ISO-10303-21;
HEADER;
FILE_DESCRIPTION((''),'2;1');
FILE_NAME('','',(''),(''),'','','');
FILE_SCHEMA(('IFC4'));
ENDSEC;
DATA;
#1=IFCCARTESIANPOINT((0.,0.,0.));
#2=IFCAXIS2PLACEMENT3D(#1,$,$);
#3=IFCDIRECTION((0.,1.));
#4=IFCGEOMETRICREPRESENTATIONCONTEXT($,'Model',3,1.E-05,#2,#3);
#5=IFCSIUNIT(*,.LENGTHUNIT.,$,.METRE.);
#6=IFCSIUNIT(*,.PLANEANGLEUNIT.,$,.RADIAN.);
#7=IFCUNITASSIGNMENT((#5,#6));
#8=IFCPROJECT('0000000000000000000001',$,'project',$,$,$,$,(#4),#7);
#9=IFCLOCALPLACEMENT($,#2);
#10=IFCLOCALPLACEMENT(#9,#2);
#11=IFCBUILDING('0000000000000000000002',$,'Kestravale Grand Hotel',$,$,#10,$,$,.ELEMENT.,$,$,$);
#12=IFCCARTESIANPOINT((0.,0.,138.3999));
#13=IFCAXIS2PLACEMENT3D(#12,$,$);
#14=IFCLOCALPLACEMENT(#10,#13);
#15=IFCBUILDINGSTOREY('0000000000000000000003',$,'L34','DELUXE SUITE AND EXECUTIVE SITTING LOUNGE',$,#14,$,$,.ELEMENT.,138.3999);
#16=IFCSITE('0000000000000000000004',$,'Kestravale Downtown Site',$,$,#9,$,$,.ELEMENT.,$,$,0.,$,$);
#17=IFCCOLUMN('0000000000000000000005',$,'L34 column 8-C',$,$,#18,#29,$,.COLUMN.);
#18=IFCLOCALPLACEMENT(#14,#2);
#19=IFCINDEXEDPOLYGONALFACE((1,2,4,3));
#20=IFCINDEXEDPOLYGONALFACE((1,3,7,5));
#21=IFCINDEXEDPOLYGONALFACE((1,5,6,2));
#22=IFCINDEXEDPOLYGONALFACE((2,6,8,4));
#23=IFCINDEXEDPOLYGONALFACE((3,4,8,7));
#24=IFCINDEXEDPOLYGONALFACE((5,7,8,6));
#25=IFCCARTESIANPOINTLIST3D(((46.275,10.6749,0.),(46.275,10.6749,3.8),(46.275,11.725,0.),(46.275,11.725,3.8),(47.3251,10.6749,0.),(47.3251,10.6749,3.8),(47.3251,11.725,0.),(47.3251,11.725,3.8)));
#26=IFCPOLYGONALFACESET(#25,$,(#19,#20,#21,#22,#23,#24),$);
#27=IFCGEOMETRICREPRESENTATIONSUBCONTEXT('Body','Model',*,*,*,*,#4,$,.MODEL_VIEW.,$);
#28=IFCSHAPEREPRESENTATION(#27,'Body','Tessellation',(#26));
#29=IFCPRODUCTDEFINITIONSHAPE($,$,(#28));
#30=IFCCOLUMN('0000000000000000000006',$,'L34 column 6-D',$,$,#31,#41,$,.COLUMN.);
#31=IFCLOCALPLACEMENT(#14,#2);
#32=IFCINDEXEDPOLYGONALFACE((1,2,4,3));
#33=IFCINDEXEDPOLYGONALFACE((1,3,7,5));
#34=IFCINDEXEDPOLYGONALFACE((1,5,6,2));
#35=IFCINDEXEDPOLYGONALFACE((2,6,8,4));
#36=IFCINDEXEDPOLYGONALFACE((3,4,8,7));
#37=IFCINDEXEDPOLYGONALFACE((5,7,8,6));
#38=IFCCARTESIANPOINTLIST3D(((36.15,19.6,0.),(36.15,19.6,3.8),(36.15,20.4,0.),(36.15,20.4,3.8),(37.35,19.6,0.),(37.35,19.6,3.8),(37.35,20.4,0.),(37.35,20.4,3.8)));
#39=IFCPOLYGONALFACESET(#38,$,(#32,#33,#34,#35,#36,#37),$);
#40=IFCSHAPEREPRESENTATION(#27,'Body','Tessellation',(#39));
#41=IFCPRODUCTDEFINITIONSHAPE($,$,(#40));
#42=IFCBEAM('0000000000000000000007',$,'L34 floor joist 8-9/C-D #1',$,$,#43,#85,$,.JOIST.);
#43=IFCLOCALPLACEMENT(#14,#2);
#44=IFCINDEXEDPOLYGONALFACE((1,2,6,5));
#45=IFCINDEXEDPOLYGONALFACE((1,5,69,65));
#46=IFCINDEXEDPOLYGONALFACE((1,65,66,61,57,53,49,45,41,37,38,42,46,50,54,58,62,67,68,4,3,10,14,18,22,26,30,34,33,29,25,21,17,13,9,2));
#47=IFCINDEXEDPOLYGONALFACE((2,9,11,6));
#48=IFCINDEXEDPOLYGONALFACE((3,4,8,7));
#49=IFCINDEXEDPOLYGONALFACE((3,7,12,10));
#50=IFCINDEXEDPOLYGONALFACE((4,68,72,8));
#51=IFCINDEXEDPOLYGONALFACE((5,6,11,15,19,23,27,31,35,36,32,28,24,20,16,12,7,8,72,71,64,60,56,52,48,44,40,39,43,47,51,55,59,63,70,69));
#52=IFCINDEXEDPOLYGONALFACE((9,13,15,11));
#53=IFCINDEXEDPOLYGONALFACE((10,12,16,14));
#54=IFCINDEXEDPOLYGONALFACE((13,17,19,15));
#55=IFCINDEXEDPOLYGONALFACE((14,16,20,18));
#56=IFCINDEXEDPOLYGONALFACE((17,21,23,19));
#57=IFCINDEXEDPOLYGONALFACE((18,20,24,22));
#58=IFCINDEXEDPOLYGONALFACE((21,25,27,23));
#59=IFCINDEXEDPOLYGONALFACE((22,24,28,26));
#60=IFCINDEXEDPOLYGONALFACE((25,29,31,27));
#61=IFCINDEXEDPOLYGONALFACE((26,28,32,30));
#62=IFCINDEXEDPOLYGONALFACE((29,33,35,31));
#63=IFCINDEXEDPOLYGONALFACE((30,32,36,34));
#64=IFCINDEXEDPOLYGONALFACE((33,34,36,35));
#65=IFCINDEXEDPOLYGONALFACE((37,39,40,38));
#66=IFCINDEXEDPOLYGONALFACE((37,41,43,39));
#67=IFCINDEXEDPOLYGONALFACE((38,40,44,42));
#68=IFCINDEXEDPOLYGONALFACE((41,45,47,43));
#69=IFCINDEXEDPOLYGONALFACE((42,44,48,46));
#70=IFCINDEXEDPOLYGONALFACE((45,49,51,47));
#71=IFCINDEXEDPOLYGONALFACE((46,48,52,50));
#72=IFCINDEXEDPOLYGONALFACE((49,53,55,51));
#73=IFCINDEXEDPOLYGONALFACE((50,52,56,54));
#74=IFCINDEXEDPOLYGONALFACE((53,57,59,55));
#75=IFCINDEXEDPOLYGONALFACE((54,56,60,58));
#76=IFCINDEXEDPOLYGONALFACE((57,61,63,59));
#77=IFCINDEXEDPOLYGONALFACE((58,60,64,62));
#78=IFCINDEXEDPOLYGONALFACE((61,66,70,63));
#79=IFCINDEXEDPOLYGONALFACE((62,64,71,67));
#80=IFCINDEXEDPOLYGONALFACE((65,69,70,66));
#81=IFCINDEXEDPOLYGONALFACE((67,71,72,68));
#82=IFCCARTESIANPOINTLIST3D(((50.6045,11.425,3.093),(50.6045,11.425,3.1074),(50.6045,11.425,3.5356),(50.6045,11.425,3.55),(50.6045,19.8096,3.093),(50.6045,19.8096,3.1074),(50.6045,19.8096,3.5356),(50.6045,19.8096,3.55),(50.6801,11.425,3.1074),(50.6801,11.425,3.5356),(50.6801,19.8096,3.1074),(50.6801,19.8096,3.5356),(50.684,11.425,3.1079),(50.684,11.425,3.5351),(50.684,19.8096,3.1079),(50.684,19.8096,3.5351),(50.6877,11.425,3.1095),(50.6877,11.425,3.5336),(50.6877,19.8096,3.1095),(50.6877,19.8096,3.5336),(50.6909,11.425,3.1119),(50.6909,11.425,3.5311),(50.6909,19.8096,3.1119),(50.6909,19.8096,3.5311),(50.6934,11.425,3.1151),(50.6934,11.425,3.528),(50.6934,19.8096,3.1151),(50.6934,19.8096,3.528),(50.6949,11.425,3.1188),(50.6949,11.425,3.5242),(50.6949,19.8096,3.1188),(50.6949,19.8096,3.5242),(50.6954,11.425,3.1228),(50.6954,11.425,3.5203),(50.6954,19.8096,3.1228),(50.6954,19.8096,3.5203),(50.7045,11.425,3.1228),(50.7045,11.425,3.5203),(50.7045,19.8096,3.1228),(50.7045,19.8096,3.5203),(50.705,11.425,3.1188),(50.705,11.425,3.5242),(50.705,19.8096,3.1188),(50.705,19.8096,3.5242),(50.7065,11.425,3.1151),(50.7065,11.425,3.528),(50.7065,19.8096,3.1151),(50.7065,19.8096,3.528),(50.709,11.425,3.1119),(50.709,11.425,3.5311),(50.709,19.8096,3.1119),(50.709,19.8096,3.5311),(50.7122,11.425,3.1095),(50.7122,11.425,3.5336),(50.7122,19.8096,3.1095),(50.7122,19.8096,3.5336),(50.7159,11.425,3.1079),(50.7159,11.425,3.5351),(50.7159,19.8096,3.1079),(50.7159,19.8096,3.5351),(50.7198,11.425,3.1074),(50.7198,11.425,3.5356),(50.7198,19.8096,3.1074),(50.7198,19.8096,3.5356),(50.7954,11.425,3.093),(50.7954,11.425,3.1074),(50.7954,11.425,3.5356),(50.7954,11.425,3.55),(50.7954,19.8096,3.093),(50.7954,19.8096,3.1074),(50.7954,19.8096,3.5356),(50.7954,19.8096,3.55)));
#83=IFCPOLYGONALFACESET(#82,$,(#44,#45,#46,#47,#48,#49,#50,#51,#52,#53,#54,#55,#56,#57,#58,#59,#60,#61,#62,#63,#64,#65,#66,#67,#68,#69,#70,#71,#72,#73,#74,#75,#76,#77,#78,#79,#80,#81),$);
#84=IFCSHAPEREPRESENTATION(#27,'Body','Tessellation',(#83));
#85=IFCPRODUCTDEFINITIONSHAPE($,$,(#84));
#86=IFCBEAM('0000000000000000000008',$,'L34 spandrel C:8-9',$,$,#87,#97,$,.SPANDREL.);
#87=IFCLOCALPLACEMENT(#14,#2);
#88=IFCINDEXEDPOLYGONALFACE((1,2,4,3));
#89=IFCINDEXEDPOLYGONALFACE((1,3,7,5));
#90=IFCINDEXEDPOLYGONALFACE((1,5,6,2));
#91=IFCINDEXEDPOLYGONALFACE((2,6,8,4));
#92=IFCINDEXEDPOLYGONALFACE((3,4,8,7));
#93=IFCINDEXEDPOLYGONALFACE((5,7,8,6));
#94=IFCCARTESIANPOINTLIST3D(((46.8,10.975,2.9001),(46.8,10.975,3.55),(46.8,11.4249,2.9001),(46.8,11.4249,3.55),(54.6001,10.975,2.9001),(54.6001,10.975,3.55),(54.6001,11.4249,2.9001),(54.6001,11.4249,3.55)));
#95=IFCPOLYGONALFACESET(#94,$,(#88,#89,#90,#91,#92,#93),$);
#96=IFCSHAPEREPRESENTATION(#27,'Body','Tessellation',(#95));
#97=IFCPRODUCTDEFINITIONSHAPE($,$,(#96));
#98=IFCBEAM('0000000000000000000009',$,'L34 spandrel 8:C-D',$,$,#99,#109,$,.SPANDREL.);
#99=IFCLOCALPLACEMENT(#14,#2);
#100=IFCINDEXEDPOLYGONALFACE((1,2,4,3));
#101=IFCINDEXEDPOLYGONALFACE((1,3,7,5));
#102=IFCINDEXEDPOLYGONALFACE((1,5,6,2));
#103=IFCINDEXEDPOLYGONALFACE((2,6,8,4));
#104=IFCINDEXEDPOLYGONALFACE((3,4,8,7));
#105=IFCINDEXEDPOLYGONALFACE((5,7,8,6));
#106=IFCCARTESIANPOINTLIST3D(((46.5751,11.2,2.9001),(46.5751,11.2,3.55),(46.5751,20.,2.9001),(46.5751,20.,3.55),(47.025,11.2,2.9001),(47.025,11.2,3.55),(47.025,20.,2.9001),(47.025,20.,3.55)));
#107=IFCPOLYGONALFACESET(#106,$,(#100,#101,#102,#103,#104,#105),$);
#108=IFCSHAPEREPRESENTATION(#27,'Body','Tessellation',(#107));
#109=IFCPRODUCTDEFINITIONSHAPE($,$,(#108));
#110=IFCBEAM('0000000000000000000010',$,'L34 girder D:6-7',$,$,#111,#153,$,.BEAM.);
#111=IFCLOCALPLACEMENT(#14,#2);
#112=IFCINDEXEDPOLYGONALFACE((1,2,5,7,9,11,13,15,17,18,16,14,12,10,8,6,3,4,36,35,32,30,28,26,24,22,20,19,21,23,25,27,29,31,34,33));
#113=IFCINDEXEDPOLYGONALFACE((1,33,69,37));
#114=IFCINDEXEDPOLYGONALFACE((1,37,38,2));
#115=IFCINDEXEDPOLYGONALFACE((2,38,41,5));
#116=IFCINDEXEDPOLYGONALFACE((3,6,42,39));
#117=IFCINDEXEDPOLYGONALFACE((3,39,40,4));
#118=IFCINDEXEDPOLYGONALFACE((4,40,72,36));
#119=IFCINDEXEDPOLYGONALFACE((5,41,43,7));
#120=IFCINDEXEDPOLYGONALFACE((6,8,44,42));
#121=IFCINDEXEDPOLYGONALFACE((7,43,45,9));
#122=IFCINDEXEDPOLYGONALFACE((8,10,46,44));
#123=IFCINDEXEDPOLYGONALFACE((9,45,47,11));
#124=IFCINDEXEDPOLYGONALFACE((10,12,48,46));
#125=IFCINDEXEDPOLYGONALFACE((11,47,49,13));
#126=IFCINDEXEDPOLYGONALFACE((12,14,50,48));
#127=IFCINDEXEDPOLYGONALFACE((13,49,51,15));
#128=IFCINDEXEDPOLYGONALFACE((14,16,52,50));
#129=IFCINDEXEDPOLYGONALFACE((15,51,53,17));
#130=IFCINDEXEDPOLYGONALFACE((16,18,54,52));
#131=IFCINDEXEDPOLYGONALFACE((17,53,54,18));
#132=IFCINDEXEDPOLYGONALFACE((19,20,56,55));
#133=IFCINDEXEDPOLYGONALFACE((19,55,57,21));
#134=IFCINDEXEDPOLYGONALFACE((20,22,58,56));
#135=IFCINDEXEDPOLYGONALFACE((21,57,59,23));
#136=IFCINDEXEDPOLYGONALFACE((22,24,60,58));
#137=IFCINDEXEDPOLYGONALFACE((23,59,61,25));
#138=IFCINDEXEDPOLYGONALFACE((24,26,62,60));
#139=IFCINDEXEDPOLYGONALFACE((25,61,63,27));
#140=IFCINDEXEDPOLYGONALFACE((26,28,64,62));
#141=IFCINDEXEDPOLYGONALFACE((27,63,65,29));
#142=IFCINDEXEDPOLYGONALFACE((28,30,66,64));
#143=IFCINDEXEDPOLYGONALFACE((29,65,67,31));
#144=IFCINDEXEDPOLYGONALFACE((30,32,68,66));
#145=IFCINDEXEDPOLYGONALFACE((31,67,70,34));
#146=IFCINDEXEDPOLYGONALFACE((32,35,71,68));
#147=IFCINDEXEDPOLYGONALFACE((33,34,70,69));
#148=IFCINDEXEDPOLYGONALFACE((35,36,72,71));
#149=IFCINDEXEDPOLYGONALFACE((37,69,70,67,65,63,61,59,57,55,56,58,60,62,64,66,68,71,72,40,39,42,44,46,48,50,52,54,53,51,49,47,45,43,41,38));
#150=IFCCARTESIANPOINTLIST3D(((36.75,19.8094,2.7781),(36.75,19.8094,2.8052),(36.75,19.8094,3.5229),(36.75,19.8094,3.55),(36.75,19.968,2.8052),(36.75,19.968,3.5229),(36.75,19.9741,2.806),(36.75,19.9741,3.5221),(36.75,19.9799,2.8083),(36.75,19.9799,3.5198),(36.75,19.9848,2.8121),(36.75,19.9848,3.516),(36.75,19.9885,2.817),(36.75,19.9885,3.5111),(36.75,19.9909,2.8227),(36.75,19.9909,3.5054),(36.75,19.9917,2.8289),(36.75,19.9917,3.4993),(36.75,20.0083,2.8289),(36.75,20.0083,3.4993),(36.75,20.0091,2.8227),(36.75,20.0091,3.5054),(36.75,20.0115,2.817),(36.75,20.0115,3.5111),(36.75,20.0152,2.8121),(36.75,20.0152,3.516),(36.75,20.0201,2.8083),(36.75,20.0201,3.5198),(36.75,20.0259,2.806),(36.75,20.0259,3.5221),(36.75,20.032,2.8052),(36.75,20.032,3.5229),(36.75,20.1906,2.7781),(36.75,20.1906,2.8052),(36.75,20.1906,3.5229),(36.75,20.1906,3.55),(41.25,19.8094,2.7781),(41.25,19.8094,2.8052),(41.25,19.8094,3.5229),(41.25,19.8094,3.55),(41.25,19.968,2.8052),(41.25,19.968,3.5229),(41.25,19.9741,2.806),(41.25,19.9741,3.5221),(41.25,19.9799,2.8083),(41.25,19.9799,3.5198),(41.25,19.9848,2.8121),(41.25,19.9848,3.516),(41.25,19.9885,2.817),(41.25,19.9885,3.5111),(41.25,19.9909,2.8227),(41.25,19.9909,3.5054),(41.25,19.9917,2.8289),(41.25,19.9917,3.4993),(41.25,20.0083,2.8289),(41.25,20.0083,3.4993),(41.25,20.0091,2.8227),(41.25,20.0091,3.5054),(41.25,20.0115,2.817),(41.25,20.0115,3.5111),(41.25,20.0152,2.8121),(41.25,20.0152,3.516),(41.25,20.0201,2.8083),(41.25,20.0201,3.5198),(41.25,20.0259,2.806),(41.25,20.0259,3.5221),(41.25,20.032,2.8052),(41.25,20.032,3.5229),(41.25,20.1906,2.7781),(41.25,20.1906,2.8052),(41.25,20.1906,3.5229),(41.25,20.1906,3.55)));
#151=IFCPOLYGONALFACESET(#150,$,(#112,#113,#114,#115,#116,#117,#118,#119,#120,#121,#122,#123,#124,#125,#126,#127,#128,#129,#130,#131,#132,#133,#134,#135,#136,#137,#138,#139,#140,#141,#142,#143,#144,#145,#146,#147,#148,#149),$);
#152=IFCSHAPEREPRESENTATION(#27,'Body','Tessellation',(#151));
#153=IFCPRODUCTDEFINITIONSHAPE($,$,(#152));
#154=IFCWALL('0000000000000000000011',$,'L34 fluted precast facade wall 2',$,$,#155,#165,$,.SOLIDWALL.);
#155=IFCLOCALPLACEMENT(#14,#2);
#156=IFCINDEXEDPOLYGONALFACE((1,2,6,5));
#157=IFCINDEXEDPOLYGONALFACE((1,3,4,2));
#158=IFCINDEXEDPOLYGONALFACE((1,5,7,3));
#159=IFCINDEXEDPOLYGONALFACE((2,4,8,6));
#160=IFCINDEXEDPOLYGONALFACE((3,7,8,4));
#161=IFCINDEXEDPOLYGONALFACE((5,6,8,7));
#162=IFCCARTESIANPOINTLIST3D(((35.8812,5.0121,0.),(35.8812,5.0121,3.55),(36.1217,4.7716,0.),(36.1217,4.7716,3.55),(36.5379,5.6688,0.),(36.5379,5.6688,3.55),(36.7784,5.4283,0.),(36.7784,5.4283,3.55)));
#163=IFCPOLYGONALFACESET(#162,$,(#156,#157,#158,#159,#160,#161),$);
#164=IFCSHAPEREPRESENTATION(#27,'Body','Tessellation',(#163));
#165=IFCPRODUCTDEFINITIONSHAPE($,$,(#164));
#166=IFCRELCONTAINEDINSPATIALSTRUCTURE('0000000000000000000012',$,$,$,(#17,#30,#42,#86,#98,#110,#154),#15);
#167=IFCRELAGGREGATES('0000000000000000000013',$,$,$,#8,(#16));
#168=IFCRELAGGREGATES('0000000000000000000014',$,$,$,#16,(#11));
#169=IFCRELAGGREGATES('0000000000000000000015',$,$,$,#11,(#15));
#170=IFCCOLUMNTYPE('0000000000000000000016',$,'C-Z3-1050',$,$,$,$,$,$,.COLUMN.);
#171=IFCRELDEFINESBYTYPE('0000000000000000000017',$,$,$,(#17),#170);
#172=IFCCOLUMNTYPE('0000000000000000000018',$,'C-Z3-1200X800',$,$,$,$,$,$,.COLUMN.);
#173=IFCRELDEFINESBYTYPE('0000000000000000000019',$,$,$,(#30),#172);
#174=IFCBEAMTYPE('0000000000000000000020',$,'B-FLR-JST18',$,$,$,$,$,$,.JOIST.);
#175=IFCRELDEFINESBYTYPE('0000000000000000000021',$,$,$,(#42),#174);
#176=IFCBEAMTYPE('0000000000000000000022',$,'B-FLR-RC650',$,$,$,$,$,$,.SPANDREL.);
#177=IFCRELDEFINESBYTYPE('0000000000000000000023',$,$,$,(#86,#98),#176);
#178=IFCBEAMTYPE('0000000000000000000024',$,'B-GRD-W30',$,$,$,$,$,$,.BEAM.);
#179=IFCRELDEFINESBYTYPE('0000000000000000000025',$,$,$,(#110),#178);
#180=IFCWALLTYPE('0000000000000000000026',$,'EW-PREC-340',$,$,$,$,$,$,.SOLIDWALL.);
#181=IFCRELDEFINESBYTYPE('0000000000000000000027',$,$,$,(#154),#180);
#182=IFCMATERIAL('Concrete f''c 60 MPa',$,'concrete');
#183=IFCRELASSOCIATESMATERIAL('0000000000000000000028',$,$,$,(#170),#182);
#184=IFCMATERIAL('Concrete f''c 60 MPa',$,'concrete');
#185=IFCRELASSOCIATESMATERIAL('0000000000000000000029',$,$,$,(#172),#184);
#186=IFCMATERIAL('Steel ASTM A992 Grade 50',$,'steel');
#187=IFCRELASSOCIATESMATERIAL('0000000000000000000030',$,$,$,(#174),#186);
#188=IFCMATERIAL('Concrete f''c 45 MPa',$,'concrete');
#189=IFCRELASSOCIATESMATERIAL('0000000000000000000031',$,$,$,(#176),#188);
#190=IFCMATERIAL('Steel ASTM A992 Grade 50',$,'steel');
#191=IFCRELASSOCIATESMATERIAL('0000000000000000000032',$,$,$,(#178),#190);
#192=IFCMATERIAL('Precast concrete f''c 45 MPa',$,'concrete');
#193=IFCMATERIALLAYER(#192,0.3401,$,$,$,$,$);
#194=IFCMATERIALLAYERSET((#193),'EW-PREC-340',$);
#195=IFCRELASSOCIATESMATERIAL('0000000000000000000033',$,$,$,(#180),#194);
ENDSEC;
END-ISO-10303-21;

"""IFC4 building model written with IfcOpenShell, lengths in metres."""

from ifc_helpers import new_model, si_unit, direction, frame, frame_2d, origin, origin_2d, place, context, subcontext, project, spatial, rectangle, i_section, extrude, material, layer, layer_set, material_profile, profile_set, type_object, element, save


model = new_model("IFC4")

# Units and contexts
model_context = context("Model", 3, precision=1e-05, world=origin(), true_north=direction((0.0, 1.0)))
body_context = subcontext(model_context, "Body", "Model", "MODEL_VIEW")
ifc_project = project(units=[si_unit("LENGTHUNIT", "METRE"), si_unit("PLANEANGLEUNIT", "RADIAN")], contexts=[model_context])

# Site, building, storey
site_placement = place(None, origin())
site = spatial("IfcSite", under=ifc_project, at=site_placement, Name="Kestravale Downtown Site", CompositionType="ELEMENT", RefElevation=0.0)
building_placement = place(site_placement, origin())
building = spatial("IfcBuilding", under=site, at=building_placement, Name="Kestravale Grand Hotel", CompositionType="ELEMENT")
storey_placement = place(building_placement, frame((0.0, 0.0, 138.3999)))
storey = spatial("IfcBuildingStorey", under=building, at=storey_placement, Name="L34", Description="DELUXE SUITE AND EXECUTIVE SITTING LOUNGE", CompositionType="ELEMENT", Elevation=138.3999)

# Columns
ifc_material_1 = material(Name="Concrete f'c 60 MPa", Category="concrete")
ifc_material_profile_1 = material_profile(ifc_material_1, rectangle(XDim=1.05, YDim=1.05, at=origin_2d()))
ifc_profile_set_1 = profile_set([ifc_material_profile_1], Name="Concrete f'c 60 MPa")
column_type_1 = type_object("IfcColumnType", Name="C-Z3-1050", PredefinedType="COLUMN", material=ifc_profile_set_1)
column_1_placement = place(storey_placement, frame((46.8, 11.2, 0.0), z_axis=(0.0, 0.0, 1.0), x_axis=(1.0, 0.0, 0.0)))
element("IfcColumn", 1, at=column_1_placement, inside=storey, type_object=column_type_1, Name="L34 column 8-C", PredefinedType="COLUMN", context=body_context, shape_type="SweptSolid", body=[
    extrude(rectangle(XDim=1.05, YDim=1.05, at=origin_2d()), origin(), (0.0, 0.0, 1.0), 3.8),
])
ifc_material_2 = material(Name="Concrete f'c 60 MPa", Category="concrete")
ifc_material_profile_2 = material_profile(ifc_material_2, rectangle(XDim=1.2, YDim=0.8, at=origin_2d()))
ifc_profile_set_2 = profile_set([ifc_material_profile_2], Name="Concrete f'c 60 MPa")
column_type_2 = type_object("IfcColumnType", Name="C-Z3-1200X800", PredefinedType="COLUMN", material=ifc_profile_set_2)
column_2_placement = place(storey_placement, frame((36.75, 20.0, 0.0), z_axis=(0.0, 0.0, 1.0), x_axis=(1.0, 0.0, 0.0)))
element("IfcColumn", 2, at=column_2_placement, inside=storey, type_object=column_type_2, Name="L34 column 6-D", PredefinedType="COLUMN", context=body_context, shape_type="SweptSolid", body=[
    extrude(rectangle(XDim=1.2, YDim=0.8, at=origin_2d()), origin(), (0.0, 0.0, 1.0), 3.8),
])

# Beams
ifc_material_3 = material(Name="Steel ASTM A992 Grade 50", Category="steel")
ifc_material_profile_3 = material_profile(ifc_material_3, i_section(OverallWidth=0.1909, OverallDepth=0.457, WebThickness=0.009, FlangeThickness=0.0144, FilletRadius=0.0154, at=origin_2d()))
ifc_profile_set_3 = profile_set([ifc_material_profile_3], Name="Steel ASTM A992 Grade 50")
beam_type_1 = type_object("IfcBeamType", Name="B-FLR-JST18", PredefinedType="JOIST", material=ifc_profile_set_3)
beam_1_placement = place(storey_placement, frame((50.7, 11.425, 3.3215), z_axis=(0.0, 1.0, 0.0), x_axis=(-1.0, 0.0, 0.0)))
element("IfcBeam", 3, at=beam_1_placement, inside=storey, type_object=beam_type_1, Name="L34 floor joist 8-9/C-D #1", PredefinedType="JOIST", context=body_context, shape_type="SweptSolid", body=[
    extrude(i_section(OverallWidth=0.1909, OverallDepth=0.457, WebThickness=0.009, FlangeThickness=0.0144, FilletRadius=0.0154, at=origin_2d()), origin(), (0.0, 0.0, 1.0), 8.3845),
])
ifc_material_4 = material(Name="Concrete f'c 45 MPa", Category="concrete")
ifc_material_profile_4 = material_profile(ifc_material_4, rectangle(XDim=0.45, YDim=0.6499, at=origin_2d()))
ifc_profile_set_4 = profile_set([ifc_material_profile_4], Name="Concrete f'c 45 MPa")
beam_type_2 = type_object("IfcBeamType", Name="B-FLR-RC650", PredefinedType="SPANDREL", material=ifc_profile_set_4)
beam_2_placement = place(storey_placement, frame((46.8, 11.2, 3.2251), z_axis=(1.0, 0.0, 0.0), x_axis=(0.0, 1.0, 0.0)))
element("IfcBeam", 4, at=beam_2_placement, inside=storey, type_object=beam_type_2, Name="L34 spandrel C:8-9", PredefinedType="SPANDREL", context=body_context, shape_type="SweptSolid", body=[
    extrude(rectangle(XDim=0.45, YDim=0.6499, at=origin_2d()), origin(), (0.0, 0.0, 1.0), 7.8),
])
beam_3_placement = place(storey_placement, frame((46.8, 11.2, 3.2251), z_axis=(0.0, 1.0, 0.0), x_axis=(-1.0, 0.0, 0.0)))
element("IfcBeam", 5, at=beam_3_placement, inside=storey, type_object=beam_type_2, Name="L34 spandrel 8:C-D", PredefinedType="SPANDREL", context=body_context, shape_type="SweptSolid", body=[
    extrude(rectangle(XDim=0.45, YDim=0.6499, at=origin_2d()), origin(), (0.0, 0.0, 1.0), 8.8),
])
ifc_material_5 = material(Name="Steel ASTM A992 Grade 50", Category="steel")
ifc_material_profile_5 = material_profile(ifc_material_5, i_section(OverallWidth=0.3811, OverallDepth=0.772, WebThickness=0.0166, FlangeThickness=0.0271, FilletRadius=0.0237, at=origin_2d()))
ifc_profile_set_5 = profile_set([ifc_material_profile_5], Name="Steel ASTM A992 Grade 50")
beam_type_3 = type_object("IfcBeamType", Name="B-GRD-W30", PredefinedType="BEAM", material=ifc_profile_set_5)
beam_4_placement = place(storey_placement, frame((36.75, 20.0, 3.1641), z_axis=(1.0, 0.0, 0.0), x_axis=(0.0, 1.0, 0.0)))
element("IfcBeam", 6, at=beam_4_placement, inside=storey, type_object=beam_type_3, Name="L34 girder D:6-7", PredefinedType="BEAM", context=body_context, shape_type="SweptSolid", body=[
    extrude(i_section(OverallWidth=0.3811, OverallDepth=0.772, WebThickness=0.0166, FlangeThickness=0.0271, FilletRadius=0.0237, at=origin_2d()), origin(), (0.0, 0.0, 1.0), 4.5),
])

# Wall
ifc_material_6 = material(Name="Precast concrete f'c 45 MPa", Category="concrete")
ifc_layer_1 = layer(ifc_material_6, 0.3401)
ifc_layer_set_1 = layer_set([ifc_layer_1], Name="EW-PREC-340")
wall_type_1 = type_object("IfcWallType", Name="EW-PREC-340", PredefinedType="SOLIDWALL", material=ifc_layer_set_1)
wall_1_placement = place(storey_placement, frame((36.0015, 4.8918, 0.0), z_axis=(0.0, 0.0, 1.0), x_axis=(0.707107, 0.707107, 0.0)))
element("IfcWall", 7, at=wall_1_placement, inside=storey, type_object=wall_type_1, Name="L34 fluted precast facade wall 2", PredefinedType="SOLIDWALL", context=body_context, shape_type="SweptSolid", body=[
    extrude(rectangle(XDim=0.9287, YDim=0.3401, at=frame_2d((0.4644, 0.0))), origin(), (0.0, 0.0, 1.0), 3.55),
])

save(model, "model.ifc")
